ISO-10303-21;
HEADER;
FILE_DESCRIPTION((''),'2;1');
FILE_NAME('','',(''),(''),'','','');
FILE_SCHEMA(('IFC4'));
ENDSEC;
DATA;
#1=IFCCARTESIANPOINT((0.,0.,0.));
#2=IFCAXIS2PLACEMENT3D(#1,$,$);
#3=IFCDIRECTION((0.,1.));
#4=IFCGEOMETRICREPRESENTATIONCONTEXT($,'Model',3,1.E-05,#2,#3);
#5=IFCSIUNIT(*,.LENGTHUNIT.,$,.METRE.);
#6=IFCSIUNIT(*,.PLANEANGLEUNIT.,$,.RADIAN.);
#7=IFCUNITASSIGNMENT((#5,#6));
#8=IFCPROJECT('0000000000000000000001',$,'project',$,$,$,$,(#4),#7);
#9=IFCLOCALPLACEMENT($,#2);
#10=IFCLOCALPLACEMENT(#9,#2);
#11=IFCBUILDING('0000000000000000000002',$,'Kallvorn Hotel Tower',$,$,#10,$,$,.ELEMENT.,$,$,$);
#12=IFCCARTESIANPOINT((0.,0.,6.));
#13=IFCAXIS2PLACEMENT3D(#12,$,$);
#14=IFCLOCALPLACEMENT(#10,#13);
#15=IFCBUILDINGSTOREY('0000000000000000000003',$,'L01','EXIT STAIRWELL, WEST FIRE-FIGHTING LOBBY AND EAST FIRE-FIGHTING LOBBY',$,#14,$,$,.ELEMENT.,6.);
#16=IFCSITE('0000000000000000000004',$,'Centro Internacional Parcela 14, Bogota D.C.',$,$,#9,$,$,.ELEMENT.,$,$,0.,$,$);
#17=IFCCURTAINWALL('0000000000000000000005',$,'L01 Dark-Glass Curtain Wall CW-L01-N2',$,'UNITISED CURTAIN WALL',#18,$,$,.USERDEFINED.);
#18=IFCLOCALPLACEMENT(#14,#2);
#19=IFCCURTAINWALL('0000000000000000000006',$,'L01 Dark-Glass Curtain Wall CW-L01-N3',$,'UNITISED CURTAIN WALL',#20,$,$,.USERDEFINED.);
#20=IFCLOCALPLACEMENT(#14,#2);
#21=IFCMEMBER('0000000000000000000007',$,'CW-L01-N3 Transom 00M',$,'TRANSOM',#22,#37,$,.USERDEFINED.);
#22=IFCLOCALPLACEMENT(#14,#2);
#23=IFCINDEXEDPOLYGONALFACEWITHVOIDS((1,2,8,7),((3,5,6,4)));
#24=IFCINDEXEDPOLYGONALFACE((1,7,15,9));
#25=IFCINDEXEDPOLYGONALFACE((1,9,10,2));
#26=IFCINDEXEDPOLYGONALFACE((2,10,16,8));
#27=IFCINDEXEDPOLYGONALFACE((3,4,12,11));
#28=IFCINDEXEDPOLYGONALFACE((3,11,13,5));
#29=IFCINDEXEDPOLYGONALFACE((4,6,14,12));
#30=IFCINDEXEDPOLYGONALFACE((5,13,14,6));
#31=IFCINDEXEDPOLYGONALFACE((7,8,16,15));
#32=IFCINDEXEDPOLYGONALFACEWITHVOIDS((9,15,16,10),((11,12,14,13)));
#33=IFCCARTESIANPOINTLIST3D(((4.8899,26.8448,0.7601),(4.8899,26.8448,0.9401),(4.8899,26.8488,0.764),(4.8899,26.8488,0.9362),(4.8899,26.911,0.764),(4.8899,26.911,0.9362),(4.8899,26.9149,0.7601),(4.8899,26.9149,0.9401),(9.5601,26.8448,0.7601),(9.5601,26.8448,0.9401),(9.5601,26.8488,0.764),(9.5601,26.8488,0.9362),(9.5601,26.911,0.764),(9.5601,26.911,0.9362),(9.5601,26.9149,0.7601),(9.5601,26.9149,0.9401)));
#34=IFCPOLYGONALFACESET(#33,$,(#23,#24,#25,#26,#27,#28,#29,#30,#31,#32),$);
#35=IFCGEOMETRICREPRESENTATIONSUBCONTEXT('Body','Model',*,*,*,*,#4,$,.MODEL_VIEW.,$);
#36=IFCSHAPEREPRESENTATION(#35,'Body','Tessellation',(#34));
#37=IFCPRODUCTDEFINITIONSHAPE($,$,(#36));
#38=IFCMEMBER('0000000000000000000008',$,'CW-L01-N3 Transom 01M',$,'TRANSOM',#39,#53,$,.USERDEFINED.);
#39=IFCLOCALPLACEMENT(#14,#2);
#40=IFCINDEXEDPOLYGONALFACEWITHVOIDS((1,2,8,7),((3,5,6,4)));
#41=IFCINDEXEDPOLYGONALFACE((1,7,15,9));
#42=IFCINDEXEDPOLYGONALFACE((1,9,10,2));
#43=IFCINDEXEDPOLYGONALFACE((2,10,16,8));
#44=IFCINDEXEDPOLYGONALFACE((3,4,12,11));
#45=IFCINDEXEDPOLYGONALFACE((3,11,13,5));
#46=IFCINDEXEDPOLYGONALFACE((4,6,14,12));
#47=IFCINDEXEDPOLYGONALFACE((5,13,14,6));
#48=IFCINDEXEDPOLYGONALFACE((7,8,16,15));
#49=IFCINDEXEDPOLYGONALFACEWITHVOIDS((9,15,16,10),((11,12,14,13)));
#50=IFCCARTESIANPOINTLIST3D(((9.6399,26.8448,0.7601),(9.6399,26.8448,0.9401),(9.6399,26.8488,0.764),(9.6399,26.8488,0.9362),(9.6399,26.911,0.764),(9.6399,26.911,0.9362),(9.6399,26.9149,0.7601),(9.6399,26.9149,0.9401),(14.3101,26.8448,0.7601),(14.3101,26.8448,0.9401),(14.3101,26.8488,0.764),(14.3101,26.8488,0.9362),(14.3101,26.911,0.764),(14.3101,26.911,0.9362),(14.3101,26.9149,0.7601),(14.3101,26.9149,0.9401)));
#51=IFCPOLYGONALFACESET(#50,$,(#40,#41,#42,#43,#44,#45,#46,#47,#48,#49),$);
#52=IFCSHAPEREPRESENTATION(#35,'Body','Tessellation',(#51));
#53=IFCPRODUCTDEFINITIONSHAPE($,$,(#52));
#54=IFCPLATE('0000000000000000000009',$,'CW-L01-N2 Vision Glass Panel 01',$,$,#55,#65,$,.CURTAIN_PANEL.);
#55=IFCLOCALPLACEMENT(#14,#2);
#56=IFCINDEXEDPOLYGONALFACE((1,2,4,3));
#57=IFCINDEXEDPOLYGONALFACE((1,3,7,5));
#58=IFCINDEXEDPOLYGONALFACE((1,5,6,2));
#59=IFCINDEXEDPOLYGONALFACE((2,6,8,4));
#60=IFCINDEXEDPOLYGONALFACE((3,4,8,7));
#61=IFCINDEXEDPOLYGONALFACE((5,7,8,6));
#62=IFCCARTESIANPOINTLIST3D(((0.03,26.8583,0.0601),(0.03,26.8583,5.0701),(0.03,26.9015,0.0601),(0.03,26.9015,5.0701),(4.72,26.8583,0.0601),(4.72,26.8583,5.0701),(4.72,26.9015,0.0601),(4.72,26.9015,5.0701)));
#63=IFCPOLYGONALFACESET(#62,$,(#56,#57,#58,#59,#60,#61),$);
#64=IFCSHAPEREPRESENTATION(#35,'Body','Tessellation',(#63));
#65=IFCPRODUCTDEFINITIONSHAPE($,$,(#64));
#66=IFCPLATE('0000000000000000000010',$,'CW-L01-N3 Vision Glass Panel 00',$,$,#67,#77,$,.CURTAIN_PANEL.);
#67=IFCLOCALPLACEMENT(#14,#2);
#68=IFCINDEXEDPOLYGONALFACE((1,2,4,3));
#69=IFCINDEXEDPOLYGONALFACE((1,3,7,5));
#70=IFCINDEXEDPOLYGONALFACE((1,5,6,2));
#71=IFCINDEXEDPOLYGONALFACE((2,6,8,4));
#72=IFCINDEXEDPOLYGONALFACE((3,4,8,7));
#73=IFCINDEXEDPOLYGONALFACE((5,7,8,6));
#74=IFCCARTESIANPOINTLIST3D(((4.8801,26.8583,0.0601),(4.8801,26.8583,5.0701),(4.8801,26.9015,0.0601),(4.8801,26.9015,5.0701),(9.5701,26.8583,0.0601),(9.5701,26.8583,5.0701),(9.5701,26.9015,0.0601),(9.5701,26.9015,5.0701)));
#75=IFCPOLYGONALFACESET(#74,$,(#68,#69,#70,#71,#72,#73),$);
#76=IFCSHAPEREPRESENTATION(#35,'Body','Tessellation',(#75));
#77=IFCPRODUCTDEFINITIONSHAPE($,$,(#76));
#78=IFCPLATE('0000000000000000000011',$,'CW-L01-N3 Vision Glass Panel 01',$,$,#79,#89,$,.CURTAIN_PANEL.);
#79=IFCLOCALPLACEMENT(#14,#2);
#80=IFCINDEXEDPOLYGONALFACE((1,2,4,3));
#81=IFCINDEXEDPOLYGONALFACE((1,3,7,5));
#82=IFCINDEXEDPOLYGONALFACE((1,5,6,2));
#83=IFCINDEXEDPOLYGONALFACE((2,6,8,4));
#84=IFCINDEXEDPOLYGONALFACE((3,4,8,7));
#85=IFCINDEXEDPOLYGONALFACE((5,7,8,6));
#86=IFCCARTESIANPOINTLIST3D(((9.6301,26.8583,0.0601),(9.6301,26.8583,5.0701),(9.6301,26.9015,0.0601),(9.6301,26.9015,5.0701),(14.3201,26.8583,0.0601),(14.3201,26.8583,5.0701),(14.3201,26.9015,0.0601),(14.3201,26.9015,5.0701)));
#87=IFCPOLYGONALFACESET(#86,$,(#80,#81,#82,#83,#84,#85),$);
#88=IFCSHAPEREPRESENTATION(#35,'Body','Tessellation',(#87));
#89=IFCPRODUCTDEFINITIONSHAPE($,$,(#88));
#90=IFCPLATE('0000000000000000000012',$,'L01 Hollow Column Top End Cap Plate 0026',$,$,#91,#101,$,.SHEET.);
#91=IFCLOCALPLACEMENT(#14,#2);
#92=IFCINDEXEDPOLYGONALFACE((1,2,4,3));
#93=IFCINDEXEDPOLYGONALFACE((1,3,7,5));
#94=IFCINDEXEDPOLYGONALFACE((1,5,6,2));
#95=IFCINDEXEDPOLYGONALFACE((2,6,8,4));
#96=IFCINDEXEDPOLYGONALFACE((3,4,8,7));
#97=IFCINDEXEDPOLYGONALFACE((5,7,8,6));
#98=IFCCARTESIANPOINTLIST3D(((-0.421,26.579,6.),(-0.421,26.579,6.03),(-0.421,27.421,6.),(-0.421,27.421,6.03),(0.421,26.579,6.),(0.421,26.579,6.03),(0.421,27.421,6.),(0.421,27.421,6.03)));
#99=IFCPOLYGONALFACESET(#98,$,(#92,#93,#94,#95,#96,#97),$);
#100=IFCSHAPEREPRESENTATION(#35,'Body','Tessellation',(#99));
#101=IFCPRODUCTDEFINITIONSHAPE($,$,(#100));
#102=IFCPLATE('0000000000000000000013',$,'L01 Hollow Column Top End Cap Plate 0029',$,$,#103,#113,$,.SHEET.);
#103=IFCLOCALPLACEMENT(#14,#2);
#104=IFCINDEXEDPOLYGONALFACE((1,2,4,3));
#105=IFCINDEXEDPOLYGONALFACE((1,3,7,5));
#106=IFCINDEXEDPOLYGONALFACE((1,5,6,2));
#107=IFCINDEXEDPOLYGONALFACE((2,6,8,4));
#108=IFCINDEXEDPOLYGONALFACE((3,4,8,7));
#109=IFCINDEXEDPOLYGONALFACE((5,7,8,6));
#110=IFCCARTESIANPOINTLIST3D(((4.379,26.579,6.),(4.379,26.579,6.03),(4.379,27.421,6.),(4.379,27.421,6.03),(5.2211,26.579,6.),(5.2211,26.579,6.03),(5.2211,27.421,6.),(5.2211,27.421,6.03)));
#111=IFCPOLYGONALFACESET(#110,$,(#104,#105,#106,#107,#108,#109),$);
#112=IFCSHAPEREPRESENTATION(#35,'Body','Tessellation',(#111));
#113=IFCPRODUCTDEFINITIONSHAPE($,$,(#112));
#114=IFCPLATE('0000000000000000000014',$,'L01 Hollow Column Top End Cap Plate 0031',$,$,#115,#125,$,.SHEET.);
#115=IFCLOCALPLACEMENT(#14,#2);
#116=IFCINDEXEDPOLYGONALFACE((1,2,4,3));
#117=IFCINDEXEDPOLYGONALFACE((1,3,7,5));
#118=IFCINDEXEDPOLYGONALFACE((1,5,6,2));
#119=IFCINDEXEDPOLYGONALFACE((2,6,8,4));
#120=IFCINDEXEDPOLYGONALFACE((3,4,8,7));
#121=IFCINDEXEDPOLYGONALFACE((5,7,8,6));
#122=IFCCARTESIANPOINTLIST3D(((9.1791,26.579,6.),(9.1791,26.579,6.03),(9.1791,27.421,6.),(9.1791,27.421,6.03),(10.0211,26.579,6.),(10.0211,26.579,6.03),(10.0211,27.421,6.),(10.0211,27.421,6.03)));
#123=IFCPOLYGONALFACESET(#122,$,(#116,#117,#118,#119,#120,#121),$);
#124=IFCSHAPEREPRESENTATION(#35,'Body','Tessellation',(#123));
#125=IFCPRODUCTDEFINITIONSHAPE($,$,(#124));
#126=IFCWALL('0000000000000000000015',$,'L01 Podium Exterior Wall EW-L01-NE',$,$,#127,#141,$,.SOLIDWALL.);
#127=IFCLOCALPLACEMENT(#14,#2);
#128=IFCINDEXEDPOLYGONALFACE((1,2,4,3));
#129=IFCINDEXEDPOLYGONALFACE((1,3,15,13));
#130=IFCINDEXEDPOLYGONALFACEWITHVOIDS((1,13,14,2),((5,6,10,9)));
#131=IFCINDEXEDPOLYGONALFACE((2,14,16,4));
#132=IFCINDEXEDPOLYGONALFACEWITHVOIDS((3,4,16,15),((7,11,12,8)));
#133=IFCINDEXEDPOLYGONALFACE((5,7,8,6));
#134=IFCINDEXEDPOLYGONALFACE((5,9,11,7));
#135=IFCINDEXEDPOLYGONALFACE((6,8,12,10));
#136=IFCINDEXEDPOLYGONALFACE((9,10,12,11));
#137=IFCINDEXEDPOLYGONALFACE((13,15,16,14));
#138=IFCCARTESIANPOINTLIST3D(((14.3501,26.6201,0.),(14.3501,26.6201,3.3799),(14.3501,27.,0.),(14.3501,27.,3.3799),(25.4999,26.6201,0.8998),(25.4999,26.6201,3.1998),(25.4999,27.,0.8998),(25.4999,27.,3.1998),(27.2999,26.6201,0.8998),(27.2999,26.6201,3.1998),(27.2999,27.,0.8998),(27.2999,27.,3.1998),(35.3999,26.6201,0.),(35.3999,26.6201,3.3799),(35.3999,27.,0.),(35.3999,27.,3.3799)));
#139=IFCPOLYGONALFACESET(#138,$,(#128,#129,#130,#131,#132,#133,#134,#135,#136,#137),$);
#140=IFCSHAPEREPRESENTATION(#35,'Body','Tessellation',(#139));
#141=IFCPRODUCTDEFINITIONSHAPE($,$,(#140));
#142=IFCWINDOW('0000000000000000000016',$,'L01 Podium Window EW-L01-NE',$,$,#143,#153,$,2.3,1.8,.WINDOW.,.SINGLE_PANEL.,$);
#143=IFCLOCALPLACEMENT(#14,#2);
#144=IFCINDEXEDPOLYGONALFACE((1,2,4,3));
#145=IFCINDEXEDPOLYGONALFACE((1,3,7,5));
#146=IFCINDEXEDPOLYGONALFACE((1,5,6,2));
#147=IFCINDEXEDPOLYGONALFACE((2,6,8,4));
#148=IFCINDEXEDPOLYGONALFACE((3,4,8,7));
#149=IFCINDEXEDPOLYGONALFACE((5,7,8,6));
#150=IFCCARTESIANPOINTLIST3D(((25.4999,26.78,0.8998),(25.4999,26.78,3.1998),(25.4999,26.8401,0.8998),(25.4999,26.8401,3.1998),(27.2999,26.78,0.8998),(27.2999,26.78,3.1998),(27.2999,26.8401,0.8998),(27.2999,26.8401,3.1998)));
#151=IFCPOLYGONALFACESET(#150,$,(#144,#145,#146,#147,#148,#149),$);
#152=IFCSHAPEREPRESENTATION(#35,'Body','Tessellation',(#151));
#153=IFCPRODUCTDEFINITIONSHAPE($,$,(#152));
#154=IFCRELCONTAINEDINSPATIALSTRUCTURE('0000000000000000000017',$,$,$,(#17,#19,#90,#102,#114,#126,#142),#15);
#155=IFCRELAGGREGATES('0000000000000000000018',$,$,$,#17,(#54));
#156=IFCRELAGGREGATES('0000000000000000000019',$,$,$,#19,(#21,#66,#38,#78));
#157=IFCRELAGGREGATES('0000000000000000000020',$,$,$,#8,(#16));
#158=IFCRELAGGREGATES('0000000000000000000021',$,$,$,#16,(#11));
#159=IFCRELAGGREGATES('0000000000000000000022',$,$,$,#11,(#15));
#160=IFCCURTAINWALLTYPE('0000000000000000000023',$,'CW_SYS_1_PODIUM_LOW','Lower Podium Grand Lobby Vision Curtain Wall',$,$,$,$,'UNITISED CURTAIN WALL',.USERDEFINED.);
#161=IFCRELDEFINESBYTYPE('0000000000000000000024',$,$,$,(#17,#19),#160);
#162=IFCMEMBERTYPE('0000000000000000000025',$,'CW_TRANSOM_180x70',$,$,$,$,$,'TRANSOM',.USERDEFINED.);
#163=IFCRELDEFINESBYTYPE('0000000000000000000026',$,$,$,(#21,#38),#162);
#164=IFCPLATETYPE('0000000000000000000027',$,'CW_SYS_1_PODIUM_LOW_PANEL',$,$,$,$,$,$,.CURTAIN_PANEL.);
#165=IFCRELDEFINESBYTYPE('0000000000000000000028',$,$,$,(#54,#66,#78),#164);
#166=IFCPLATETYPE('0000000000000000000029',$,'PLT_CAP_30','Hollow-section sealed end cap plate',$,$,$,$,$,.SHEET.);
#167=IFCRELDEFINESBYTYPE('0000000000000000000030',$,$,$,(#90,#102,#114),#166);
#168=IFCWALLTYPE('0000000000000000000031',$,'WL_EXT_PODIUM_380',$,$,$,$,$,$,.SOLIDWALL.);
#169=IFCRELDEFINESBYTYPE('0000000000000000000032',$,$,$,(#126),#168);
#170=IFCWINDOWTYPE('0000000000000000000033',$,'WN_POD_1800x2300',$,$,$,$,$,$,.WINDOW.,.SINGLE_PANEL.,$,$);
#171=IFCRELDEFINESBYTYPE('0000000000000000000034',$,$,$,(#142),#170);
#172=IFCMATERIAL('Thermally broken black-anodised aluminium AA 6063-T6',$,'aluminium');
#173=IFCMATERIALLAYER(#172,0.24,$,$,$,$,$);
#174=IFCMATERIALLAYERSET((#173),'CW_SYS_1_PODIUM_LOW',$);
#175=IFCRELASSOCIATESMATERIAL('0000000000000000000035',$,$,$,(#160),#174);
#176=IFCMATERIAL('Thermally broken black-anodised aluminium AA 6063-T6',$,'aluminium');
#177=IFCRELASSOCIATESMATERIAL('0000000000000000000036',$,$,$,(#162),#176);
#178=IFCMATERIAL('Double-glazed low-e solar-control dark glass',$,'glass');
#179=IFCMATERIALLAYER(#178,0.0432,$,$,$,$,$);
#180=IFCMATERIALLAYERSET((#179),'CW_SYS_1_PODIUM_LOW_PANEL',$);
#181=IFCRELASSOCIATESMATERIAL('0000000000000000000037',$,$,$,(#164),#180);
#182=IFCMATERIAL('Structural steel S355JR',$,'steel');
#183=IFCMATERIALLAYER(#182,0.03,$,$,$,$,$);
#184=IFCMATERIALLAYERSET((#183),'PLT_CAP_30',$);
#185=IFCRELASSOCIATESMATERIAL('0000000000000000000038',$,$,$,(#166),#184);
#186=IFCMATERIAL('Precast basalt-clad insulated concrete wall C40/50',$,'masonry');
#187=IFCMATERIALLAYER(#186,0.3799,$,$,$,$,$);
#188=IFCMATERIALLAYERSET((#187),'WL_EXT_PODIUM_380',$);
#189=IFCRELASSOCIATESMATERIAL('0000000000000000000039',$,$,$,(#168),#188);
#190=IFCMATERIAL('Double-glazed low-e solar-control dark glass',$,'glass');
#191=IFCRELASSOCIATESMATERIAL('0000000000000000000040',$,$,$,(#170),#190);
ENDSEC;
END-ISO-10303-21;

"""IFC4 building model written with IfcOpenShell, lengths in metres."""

from ifc_helpers import new_model, si_unit, direction, frame, frame_2d, origin, origin_2d, place, context, subcontext, project, spatial, rectangle, hollow_rectangle, extrude, material, layer, layer_set, material_profile, profile_set, type_object, element, fill, aggregate, save


model = new_model("IFC4")

# Units and contexts
model_context = context("Model", 3, precision=1e-05, world=origin(), true_north=direction((0.0, 1.0)))
body_context = subcontext(model_context, "Body", "Model", "MODEL_VIEW")
ifc_project = project(units=[si_unit("LENGTHUNIT", "METRE"), si_unit("PLANEANGLEUNIT", "RADIAN")], contexts=[model_context])

# Site, building, storey
site_placement = place(None, origin())
site = spatial("IfcSite", under=ifc_project, at=site_placement, Name="Centro Internacional Parcela 14, Bogota D.C.", CompositionType="ELEMENT", RefElevation=0.0)
building_placement = place(site_placement, origin())
building = spatial("IfcBuilding", under=site, at=building_placement, Name="Kallvorn Hotel Tower", CompositionType="ELEMENT")
storey_placement = place(building_placement, frame((0.0, 0.0, 6.0)))
storey = spatial("IfcBuildingStorey", under=building, at=storey_placement, Name="L01", Description="EXIT STAIRWELL, WEST FIRE-FIGHTING LOBBY AND EAST FIRE-FIGHTING LOBBY", CompositionType="ELEMENT", Elevation=6.0)

# Curtain walls
ifc_material_1 = material(Name="Thermally broken black-anodised aluminium AA 6063-T6", Category="aluminium")
ifc_layer_1 = layer(ifc_material_1, 0.24)
ifc_layer_set_1 = layer_set([ifc_layer_1], Name="CW_SYS_1_PODIUM_LOW")
curtain_wall_type = type_object("IfcCurtainWallType", Name="CW_SYS_1_PODIUM_LOW", Description="Lower Podium Grand Lobby Vision Curtain Wall", ElementType="UNITISED CURTAIN WALL", PredefinedType="USERDEFINED", material=ifc_layer_set_1)
curtain_wall_1_placement = place(storey_placement, origin())
curtain_wall_1 = element("IfcCurtainWall", 1, at=curtain_wall_1_placement, inside=storey, type_object=curtain_wall_type, Name="L01 Dark-Glass Curtain Wall CW-L01-N2", ObjectType="UNITISED CURTAIN WALL", PredefinedType="USERDEFINED")
curtain_wall_2_placement = place(storey_placement, origin())
curtain_wall_2 = element("IfcCurtainWall", 2, at=curtain_wall_2_placement, inside=storey, type_object=curtain_wall_type, Name="L01 Dark-Glass Curtain Wall CW-L01-N3", ObjectType="UNITISED CURTAIN WALL", PredefinedType="USERDEFINED")

# Members
ifc_material_2 = material(Name="Thermally broken black-anodised aluminium AA 6063-T6", Category="aluminium")
ifc_material_profile_1 = material_profile(ifc_material_2, hollow_rectangle(XDim=0.0701, YDim=0.1799, WallThickness=0.0039, at=origin_2d()), Name="TRN 180x70")
ifc_profile_set_1 = profile_set([ifc_material_profile_1], Name="Thermally broken black-anodised aluminium AA 6063-T6")
member_type_1 = type_object("IfcMemberType", Name="CW_TRANSOM_180x70", ElementType="TRANSOM", PredefinedType="USERDEFINED", material=ifc_profile_set_1)
member_1_placement = place(storey_placement, frame((4.8899, 26.8799, 0.8501), z_axis=(1.0, 0.0, 0.0), x_axis=(0.0, 1.0, 0.0)))
member_1 = element("IfcMember", 3, at=member_1_placement, type_object=member_type_1, Name="CW-L01-N3 Transom 00M", ObjectType="TRANSOM", PredefinedType="USERDEFINED", context=body_context, shape_type="SweptSolid", body=[
    extrude(hollow_rectangle(XDim=0.0701, YDim=0.1799, WallThickness=0.0039, at=origin_2d()), origin(), (0.0, 0.0, 1.0), 4.6702),
])
member_2_placement = place(storey_placement, frame((9.6399, 26.8799, 0.8501), z_axis=(1.0, 0.0, 0.0), x_axis=(0.0, 1.0, 0.0)))
member_2 = element("IfcMember", 4, at=member_2_placement, type_object=member_type_1, Name="CW-L01-N3 Transom 01M", ObjectType="TRANSOM", PredefinedType="USERDEFINED", context=body_context, shape_type="SweptSolid", body=[
    extrude(hollow_rectangle(XDim=0.0701, YDim=0.1799, WallThickness=0.0039, at=origin_2d()), origin(), (0.0, 0.0, 1.0), 4.6702),
])

# Plates
ifc_material_3 = material(Name="Double-glazed low-e solar-control dark glass", Category="glass")
ifc_layer_2 = layer(ifc_material_3, 0.0432)
ifc_layer_set_2 = layer_set([ifc_layer_2], Name="CW_SYS_1_PODIUM_LOW_PANEL")
plate_type_1 = type_object("IfcPlateType", Name="CW_SYS_1_PODIUM_LOW_PANEL", PredefinedType="CURTAIN_PANEL", material=ifc_layer_set_2)
plate_1_placement = place(storey_placement, frame((2.375, 26.8799, 0.0601), z_axis=(0.0, 0.0, 1.0), x_axis=(1.0, 0.0, 0.0)))
plate_1 = element("IfcPlate", 5, at=plate_1_placement, type_object=plate_type_1, Name="CW-L01-N2 Vision Glass Panel 01", PredefinedType="CURTAIN_PANEL", context=body_context, shape_type="SweptSolid", body=[
    extrude(rectangle(XDim=4.6899, YDim=0.0432, at=origin_2d()), origin(), (0.0, 0.0, 1.0), 5.01),
])
aggregate(curtain_wall_1, [plate_1])
plate_2_placement = place(storey_placement, frame((7.2251, 26.8799, 0.0601), z_axis=(0.0, 0.0, 1.0), x_axis=(1.0, 0.0, 0.0)))
plate_2 = element("IfcPlate", 6, at=plate_2_placement, type_object=plate_type_1, Name="CW-L01-N3 Vision Glass Panel 00", PredefinedType="CURTAIN_PANEL", context=body_context, shape_type="SweptSolid", body=[
    extrude(rectangle(XDim=4.6899, YDim=0.0432, at=origin_2d()), origin(), (0.0, 0.0, 1.0), 5.01),
])
plate_3_placement = place(storey_placement, frame((11.9751, 26.8799, 0.0601), z_axis=(0.0, 0.0, 1.0), x_axis=(1.0, 0.0, 0.0)))
plate_3 = element("IfcPlate", 7, at=plate_3_placement, type_object=plate_type_1, Name="CW-L01-N3 Vision Glass Panel 01", PredefinedType="CURTAIN_PANEL", context=body_context, shape_type="SweptSolid", body=[
    extrude(rectangle(XDim=4.6899, YDim=0.0432, at=origin_2d()), origin(), (0.0, 0.0, 1.0), 5.01),
])
aggregate(curtain_wall_2, [member_1, plate_2, member_2, plate_3])

# Plates
ifc_material_4 = material(Name="Structural steel S355JR", Category="steel")
ifc_layer_3 = layer(ifc_material_4, 0.03)
ifc_layer_set_3 = layer_set([ifc_layer_3], Name="PLT_CAP_30")
plate_type_2 = type_object("IfcPlateType", Name="PLT_CAP_30", Description="Hollow-section sealed end cap plate", PredefinedType="SHEET", material=ifc_layer_set_3)
for number, where, z_axis, x_axis, name in (
    (8, (0.0, 27.0, 6.0), (0.0, 0.0, 1.0), (1.0, 0.0, 0.0), "L01 Hollow Column Top End Cap Plate 0026"),
    (9, (4.8, 27.0, 6.0), (0.0, 0.0, 1.0), (1.0, 0.0, 0.0), "L01 Hollow Column Top End Cap Plate 0029"),
    (10, (9.6001, 27.0, 6.0), (0.0, 0.0, 1.0), (1.0, 0.0, 0.0), "L01 Hollow Column Top End Cap Plate 0031"),
):
    element("IfcPlate", number, at=place(storey_placement, frame(where, z_axis=z_axis, x_axis=x_axis)), inside=storey, type_object=plate_type_2, Name=name, PredefinedType="SHEET", context=body_context, shape_type="SweptSolid", body=[
        extrude(rectangle(XDim=0.842, YDim=0.842, at=origin_2d()), origin(), (0.0, 0.0, 1.0), 0.03),
    ])

# Wall, opening, window
ifc_material_5 = material(Name="Precast basalt-clad insulated concrete wall C40/50", Category="masonry")
ifc_layer_4 = layer(ifc_material_5, 0.3799)
ifc_layer_set_4 = layer_set([ifc_layer_4], Name="WL_EXT_PODIUM_380")
wall_type = type_object("IfcWallType", Name="WL_EXT_PODIUM_380", PredefinedType="SOLIDWALL", material=ifc_layer_set_4)
wall_placement = place(storey_placement, frame((14.3501, 26.8101, 0.0), z_axis=(0.0, 0.0, 1.0), x_axis=(1.0, 0.0, 0.0)))
wall = element("IfcWall", 11, at=wall_placement, inside=storey, type_object=wall_type, Name="L01 Podium Exterior Wall EW-L01-NE", PredefinedType="SOLIDWALL", context=body_context, shape_type="SweptSolid", body=[
    extrude(rectangle(XDim=21.0498, YDim=0.3799, at=frame_2d((10.5249, 0.0))), origin(), (0.0, 0.0, 1.0), 3.3799),
])
opening_placement = place(wall_placement, frame((11.1499, 0.0, 0.8999)))
opening = element("IfcOpeningElement", 12, at=opening_placement, cuts=wall, PredefinedType="OPENING", context=body_context, shape_type="SweptSolid", body=[
    extrude(rectangle(XDim=1.8, YDim=2.3, at=frame_2d((0.8999, 1.1499))), frame((0.0, 0.2048, 0.0), z_axis=(0.0, -1.0, 0.0), x_axis=(1.0, 0.0, 0.0)), (0.0, 0.0, 1.0), 0.4099),
])
ifc_material_6 = material(Name="Double-glazed low-e solar-control dark glass", Category="glass")
window_type = type_object("IfcWindowType", Name="WN_POD_1800x2300", PartitioningType="SINGLE_PANEL", PredefinedType="WINDOW", material=ifc_material_6)
window_placement = place(opening_placement, origin())
window = element("IfcWindow", 13, at=window_placement, inside=storey, type_object=window_type, Name="L01 Podium Window EW-L01-NE", OverallHeight=2.3, OverallWidth=1.8, PartitioningType="SINGLE_PANEL", PredefinedType="WINDOW", context=body_context, shape_type="SweptSolid", body=[
    extrude(rectangle(XDim=1.8, YDim=2.3, at=frame_2d((0.8999, 1.1499))), frame((0.0, 0.03, 0.0), z_axis=(0.0, -1.0, 0.0), x_axis=(1.0, 0.0, 0.0)), (0.0, 0.0, 1.0), 0.0601),
])
fill(opening, window)

save(model, "model.ifc")
